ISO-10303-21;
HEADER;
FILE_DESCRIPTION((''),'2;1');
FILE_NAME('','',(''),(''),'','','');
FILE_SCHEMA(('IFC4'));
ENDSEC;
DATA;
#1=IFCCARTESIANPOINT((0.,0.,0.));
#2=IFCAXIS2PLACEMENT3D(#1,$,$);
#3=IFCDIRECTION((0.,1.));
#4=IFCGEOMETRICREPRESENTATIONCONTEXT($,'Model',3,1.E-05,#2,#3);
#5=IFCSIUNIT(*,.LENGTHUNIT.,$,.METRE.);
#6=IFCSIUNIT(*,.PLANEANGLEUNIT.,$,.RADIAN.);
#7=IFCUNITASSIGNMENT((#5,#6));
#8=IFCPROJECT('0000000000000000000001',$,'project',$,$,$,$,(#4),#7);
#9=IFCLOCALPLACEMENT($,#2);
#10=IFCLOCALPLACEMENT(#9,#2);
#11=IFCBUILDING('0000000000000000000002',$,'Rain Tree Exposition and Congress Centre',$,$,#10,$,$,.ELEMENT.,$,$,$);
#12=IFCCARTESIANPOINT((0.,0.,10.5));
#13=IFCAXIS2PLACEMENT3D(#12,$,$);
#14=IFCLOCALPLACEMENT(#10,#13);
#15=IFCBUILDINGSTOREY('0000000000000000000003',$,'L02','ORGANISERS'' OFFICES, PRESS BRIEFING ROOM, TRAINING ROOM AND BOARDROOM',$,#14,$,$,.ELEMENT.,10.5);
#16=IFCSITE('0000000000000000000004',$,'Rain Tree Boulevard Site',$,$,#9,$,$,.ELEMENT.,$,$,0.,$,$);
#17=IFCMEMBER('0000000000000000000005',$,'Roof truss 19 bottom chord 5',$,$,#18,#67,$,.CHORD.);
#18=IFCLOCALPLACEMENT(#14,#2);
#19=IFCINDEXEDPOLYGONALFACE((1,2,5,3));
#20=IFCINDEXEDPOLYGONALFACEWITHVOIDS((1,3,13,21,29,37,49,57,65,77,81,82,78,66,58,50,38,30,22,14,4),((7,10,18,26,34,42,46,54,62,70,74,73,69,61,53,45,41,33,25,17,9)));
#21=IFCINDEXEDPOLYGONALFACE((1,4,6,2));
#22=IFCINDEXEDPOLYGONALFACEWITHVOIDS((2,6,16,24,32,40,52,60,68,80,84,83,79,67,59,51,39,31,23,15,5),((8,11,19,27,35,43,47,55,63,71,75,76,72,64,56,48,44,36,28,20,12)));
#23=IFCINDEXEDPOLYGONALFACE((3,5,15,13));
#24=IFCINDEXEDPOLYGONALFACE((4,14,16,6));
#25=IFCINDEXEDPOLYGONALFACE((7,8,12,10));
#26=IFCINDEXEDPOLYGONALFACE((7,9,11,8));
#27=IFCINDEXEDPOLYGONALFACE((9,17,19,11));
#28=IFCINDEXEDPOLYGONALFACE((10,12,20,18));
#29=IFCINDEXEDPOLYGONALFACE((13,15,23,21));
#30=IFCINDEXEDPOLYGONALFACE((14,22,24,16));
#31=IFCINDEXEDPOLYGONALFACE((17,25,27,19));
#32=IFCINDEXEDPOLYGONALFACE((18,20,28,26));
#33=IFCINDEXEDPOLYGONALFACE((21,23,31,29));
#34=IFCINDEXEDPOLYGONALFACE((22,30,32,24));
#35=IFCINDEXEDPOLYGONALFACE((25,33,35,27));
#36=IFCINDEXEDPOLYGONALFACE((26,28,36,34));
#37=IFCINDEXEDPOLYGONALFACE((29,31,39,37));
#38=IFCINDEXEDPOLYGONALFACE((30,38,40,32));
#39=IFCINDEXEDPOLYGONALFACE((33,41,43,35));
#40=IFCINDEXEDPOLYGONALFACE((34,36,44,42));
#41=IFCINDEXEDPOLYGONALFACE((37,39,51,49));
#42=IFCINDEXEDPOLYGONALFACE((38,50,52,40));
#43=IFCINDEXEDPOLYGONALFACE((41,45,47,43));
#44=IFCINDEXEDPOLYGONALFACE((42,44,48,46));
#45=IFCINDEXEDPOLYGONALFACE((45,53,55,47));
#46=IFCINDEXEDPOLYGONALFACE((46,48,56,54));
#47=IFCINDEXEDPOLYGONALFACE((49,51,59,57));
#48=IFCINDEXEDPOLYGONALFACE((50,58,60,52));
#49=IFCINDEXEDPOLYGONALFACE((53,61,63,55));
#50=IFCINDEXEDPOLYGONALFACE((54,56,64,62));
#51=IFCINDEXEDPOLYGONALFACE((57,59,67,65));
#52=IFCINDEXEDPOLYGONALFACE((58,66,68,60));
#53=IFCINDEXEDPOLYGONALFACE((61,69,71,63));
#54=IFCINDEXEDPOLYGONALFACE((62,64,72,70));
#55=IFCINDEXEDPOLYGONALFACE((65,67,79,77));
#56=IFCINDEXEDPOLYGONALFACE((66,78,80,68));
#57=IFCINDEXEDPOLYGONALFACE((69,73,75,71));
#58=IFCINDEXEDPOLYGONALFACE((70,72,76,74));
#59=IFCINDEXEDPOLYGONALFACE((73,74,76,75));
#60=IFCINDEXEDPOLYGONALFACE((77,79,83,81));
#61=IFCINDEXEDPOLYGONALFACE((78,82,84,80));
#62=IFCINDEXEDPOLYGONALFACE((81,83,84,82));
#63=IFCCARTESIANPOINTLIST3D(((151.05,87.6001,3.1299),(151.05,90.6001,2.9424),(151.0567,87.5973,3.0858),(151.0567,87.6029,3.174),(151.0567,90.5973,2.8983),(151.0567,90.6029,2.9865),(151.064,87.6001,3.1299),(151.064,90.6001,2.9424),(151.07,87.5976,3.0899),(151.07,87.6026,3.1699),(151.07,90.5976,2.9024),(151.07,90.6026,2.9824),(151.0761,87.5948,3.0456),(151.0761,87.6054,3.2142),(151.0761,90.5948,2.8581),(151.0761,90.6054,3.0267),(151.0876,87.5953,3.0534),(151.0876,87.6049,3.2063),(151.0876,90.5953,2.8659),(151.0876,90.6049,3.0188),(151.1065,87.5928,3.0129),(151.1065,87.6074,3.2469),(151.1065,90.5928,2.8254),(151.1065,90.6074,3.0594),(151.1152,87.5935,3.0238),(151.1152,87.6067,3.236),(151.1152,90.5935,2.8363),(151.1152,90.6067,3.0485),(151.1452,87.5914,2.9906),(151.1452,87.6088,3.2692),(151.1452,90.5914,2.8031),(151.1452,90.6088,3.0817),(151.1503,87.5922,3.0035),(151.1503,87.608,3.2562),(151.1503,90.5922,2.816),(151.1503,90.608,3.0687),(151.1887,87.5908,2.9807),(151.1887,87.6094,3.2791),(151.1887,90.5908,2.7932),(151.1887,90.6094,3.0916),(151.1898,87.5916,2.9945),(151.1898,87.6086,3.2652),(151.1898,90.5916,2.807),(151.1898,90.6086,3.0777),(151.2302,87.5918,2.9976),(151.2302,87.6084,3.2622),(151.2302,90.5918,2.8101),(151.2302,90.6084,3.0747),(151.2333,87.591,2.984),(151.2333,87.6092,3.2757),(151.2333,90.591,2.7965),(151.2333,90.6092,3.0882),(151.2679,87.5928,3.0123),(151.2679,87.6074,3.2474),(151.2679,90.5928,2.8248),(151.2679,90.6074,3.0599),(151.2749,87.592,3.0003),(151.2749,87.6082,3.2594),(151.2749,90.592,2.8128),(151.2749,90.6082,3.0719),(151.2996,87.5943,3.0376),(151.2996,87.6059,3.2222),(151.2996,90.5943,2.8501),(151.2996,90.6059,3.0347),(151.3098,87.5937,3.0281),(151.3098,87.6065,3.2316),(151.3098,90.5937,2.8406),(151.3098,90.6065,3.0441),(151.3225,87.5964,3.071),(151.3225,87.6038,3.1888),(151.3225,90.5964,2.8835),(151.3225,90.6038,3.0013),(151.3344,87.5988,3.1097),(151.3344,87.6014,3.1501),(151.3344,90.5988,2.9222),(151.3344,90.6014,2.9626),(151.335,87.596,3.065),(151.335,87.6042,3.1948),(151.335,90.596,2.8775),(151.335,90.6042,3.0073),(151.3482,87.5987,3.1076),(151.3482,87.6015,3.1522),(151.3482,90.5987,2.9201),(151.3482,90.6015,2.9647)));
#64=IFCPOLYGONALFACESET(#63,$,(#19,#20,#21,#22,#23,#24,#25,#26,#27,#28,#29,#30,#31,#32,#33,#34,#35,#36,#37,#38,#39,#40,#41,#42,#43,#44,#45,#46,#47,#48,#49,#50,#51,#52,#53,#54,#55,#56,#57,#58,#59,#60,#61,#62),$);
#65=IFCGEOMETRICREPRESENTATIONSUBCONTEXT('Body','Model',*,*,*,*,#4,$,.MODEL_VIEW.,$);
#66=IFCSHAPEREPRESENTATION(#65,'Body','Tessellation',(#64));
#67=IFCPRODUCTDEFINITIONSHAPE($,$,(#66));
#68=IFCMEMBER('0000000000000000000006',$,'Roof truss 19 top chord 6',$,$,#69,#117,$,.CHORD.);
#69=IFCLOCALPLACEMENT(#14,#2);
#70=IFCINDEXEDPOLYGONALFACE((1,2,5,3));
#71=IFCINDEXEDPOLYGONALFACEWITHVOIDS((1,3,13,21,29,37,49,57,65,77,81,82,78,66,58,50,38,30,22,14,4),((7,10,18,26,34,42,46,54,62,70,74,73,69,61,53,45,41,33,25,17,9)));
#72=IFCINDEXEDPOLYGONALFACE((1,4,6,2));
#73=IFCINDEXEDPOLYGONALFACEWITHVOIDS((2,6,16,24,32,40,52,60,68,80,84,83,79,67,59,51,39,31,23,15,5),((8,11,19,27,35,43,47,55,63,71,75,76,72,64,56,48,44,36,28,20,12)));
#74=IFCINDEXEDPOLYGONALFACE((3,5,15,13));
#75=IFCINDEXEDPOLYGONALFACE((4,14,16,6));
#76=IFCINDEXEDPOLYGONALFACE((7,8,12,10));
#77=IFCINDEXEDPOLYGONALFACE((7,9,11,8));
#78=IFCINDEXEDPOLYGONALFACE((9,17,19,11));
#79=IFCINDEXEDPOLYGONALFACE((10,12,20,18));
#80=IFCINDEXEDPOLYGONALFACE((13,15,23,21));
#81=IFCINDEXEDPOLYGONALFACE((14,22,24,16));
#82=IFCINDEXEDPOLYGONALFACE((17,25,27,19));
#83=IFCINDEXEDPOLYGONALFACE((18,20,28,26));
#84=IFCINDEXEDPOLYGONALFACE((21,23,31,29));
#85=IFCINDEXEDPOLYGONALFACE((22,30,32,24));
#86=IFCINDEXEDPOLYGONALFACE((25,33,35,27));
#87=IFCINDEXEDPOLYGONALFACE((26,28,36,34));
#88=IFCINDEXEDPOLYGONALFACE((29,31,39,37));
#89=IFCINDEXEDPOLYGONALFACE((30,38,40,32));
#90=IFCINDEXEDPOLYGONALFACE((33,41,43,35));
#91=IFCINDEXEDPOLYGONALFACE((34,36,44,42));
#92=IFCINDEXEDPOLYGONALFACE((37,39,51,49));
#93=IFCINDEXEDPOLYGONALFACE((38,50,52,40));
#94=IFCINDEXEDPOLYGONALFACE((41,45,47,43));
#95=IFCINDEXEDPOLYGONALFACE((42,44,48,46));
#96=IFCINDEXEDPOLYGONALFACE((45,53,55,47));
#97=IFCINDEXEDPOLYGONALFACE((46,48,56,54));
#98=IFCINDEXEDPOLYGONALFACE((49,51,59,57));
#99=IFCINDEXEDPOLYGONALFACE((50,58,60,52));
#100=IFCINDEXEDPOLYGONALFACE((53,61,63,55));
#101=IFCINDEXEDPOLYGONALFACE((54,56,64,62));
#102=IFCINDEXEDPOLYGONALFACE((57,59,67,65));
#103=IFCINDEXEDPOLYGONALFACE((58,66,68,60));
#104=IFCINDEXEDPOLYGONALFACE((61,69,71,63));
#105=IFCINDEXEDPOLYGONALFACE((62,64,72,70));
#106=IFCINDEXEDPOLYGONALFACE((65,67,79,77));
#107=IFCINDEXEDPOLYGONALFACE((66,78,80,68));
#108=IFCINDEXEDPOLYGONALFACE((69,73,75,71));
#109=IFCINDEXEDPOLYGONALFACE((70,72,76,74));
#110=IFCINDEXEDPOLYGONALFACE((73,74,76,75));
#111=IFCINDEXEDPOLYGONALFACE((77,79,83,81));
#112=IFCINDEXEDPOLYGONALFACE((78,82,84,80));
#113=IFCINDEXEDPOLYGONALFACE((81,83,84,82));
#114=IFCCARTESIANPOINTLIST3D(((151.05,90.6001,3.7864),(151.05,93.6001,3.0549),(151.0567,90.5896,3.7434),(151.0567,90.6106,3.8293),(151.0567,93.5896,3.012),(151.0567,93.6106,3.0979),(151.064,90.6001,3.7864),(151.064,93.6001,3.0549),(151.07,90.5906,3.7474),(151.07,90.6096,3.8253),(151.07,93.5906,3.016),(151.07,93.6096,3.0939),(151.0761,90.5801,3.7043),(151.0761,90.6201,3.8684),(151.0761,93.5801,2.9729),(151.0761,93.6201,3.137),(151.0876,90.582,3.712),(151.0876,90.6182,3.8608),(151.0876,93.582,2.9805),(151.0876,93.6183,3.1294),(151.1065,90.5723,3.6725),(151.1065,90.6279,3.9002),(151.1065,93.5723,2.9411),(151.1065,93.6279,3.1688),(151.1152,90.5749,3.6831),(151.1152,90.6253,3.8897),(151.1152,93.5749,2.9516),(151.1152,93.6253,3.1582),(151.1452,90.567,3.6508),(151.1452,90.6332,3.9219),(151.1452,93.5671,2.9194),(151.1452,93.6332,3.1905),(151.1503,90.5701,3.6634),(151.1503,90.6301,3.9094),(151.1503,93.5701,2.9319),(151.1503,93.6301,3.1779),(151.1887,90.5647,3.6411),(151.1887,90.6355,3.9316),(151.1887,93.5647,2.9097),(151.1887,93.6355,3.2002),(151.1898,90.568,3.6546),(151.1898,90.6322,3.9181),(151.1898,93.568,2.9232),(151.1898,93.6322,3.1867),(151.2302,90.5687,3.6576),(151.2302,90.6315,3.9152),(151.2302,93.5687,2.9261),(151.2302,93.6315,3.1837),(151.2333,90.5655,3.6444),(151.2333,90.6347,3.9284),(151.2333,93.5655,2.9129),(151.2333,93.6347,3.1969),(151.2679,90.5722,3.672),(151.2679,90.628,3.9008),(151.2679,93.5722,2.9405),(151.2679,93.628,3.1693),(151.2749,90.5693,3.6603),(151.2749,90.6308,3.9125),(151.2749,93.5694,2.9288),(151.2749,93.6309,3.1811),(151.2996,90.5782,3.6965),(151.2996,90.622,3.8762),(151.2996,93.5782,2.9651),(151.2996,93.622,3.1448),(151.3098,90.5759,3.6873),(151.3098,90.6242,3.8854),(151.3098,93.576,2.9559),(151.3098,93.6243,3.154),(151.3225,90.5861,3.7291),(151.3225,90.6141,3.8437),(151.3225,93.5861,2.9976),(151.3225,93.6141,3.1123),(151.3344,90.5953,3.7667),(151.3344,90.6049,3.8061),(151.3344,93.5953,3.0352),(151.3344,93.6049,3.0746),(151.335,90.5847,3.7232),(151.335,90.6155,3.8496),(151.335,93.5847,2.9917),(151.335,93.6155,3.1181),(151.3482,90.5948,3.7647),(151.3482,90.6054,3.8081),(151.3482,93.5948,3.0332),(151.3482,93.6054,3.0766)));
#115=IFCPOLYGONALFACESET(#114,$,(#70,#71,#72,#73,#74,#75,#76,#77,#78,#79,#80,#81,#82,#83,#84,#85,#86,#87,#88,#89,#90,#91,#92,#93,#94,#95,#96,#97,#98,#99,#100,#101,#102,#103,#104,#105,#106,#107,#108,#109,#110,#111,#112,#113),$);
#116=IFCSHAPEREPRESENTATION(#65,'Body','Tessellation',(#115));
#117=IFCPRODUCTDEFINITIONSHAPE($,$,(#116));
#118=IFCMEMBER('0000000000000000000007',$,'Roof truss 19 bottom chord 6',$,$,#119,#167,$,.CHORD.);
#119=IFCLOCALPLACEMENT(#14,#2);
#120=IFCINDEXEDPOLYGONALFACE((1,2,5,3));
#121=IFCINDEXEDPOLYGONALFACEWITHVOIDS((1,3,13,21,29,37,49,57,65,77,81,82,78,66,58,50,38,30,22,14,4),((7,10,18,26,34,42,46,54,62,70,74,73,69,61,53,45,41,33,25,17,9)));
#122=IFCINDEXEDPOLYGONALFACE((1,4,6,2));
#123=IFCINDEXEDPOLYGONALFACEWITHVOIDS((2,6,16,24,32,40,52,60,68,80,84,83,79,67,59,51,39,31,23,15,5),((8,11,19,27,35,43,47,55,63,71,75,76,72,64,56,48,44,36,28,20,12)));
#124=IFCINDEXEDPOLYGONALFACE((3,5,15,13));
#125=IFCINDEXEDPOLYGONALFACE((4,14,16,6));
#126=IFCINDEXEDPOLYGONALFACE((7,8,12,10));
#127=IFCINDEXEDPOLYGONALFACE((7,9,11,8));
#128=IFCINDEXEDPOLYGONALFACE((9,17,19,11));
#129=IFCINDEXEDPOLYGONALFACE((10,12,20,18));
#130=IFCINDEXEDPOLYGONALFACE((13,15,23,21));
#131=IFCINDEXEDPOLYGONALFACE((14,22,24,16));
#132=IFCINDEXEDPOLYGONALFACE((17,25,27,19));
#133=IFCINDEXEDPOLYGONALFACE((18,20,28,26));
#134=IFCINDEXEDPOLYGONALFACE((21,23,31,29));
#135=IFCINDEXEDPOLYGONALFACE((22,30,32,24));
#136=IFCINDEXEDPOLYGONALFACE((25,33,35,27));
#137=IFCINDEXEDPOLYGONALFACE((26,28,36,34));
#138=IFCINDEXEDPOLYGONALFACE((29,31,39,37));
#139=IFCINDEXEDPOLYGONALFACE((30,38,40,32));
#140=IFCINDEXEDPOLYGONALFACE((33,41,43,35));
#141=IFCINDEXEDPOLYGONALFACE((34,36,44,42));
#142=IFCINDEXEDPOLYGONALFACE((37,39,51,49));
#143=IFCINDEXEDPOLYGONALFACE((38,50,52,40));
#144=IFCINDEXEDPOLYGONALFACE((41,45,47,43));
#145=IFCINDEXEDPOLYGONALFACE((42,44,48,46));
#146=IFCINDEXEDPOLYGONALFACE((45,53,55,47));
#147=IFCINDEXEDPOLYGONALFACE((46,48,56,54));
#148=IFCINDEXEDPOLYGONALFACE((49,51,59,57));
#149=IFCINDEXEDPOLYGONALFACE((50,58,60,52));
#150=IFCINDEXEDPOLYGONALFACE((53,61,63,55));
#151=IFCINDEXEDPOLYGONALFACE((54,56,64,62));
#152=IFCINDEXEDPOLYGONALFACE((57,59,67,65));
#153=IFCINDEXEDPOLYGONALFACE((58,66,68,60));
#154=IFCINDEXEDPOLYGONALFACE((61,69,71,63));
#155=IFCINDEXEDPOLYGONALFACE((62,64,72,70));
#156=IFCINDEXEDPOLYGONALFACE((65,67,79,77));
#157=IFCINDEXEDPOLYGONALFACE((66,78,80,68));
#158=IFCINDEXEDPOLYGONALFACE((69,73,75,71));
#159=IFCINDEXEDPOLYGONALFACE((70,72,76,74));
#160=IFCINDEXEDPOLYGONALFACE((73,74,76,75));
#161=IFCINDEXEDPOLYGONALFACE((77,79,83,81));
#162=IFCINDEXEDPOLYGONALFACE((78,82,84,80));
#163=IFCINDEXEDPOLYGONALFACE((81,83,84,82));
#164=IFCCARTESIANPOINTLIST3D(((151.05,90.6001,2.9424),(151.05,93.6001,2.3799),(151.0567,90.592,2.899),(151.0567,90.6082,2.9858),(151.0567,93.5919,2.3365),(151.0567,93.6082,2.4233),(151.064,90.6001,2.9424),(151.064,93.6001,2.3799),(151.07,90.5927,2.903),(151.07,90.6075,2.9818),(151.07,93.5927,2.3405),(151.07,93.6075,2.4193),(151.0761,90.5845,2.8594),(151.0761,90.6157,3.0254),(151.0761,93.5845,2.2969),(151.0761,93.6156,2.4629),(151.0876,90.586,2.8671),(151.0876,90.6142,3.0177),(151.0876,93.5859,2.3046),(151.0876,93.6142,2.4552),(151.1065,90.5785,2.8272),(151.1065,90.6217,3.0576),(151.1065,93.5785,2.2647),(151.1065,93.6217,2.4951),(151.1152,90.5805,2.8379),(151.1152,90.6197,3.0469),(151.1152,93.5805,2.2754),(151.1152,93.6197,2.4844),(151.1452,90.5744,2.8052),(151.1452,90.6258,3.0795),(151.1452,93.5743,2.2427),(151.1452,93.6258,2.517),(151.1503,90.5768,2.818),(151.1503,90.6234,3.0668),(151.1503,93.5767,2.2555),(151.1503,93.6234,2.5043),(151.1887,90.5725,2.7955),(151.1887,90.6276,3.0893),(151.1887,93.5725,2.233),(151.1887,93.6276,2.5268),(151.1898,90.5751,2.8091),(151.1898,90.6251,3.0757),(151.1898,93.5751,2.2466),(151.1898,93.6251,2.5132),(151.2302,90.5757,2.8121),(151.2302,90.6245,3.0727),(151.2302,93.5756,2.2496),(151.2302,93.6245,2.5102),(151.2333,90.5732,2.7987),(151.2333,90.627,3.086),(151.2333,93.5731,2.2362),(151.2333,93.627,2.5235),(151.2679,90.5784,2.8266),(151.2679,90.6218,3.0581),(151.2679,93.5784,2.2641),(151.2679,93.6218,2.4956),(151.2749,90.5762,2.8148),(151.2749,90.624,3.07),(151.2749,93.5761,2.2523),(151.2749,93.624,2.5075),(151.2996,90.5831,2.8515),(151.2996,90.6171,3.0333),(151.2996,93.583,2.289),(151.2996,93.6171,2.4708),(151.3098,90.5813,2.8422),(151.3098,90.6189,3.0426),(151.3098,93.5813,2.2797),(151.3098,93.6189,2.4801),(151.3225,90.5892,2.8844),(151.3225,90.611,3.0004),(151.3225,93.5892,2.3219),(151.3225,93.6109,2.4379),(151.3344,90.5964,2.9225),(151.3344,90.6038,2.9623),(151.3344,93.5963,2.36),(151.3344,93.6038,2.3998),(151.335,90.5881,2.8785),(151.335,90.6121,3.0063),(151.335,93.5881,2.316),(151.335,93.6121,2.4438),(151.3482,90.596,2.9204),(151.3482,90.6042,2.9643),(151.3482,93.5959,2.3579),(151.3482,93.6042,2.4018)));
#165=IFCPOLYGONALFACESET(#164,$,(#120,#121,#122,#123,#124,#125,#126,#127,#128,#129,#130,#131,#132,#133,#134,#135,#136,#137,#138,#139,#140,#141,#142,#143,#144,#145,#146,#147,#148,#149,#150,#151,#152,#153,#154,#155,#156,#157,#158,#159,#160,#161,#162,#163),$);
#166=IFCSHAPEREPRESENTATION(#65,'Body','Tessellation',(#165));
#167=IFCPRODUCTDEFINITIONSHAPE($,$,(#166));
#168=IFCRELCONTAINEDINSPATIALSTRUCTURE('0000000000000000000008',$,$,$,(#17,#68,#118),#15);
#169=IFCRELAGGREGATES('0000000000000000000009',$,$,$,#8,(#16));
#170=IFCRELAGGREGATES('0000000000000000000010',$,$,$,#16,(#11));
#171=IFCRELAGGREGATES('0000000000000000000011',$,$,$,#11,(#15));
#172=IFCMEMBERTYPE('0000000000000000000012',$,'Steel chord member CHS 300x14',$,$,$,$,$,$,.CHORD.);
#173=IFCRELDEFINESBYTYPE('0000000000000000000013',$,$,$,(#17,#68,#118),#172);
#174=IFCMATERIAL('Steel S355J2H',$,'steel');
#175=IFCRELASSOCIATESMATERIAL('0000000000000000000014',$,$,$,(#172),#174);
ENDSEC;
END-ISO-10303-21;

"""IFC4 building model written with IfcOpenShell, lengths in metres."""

from ifc_helpers import new_model, si_unit, direction, frame, origin, origin_2d, place, context, subcontext, project, spatial, hollow_circle, extrude, material, material_profile, profile_set, type_object, element, save


model = new_model("IFC4")

# Units and contexts
model_context = context("Model", 3, precision=1e-05, world=origin(), true_north=direction((0.0, 1.0)))
body_context = subcontext(model_context, "Body", "Model", "MODEL_VIEW")
ifc_project = project(units=[si_unit("LENGTHUNIT", "METRE"), si_unit("PLANEANGLEUNIT", "RADIAN")], contexts=[model_context])

# Site, building, storey
site_placement = place(None, origin())
site = spatial("IfcSite", under=ifc_project, at=site_placement, Name="Rain Tree Boulevard Site", CompositionType="ELEMENT", RefElevation=0.0)
building_placement = place(site_placement, origin())
building = spatial("IfcBuilding", under=site, at=building_placement, Name="Rain Tree Exposition and Congress Centre", CompositionType="ELEMENT")
storey_placement = place(building_placement, frame((0.0, 0.0, 10.5)))
storey = spatial("IfcBuildingStorey", under=building, at=storey_placement, Name="L02", Description="ORGANISERS' OFFICES, PRESS BRIEFING ROOM, TRAINING ROOM AND BOARDROOM", CompositionType="ELEMENT", Elevation=10.5)

# Members
ifc_material_1 = material(Name="Steel S355J2H", Category="steel")
ifc_material_profile_1 = material_profile(ifc_material_1, hollow_circle(Radius=0.1499, WallThickness=0.0139, at=origin_2d()), Name="CHS 300x14")
ifc_profile_set_1 = profile_set([ifc_material_profile_1], Name="Steel S355J2H")
member_type_1 = type_object("IfcMemberType", Name="Steel chord member CHS 300x14", PredefinedType="CHORD", material=ifc_profile_set_1)
member_1_placement = place(storey_placement, frame((151.2, 87.6001, 3.1299), z_axis=(0.0, 0.998053, -0.062378), x_axis=(-1.0, 0.0, 0.0)))
element("IfcMember", 1, at=member_1_placement, inside=storey, type_object=member_type_1, Name="Roof truss 19 bottom chord 5", PredefinedType="CHORD", context=body_context, shape_type="SweptSolid", body=[
    extrude(hollow_circle(Radius=0.1499, WallThickness=0.0139, at=origin_2d()), origin(), (0.0, 0.0, 1.0), 3.0059),
])
member_2_placement = place(storey_placement, frame((151.2, 90.6001, 3.7864), z_axis=(0.0, 0.97154, -0.236876), x_axis=(-1.0, 0.0, 0.0)))
element("IfcMember", 2, at=member_2_placement, inside=storey, type_object=member_type_1, Name="Roof truss 19 top chord 6", PredefinedType="CHORD", context=body_context, shape_type="SweptSolid", body=[
    extrude(hollow_circle(Radius=0.1499, WallThickness=0.0139, at=origin_2d()), origin(), (0.0, 0.0, 1.0), 3.0879),
])
member_3_placement = place(storey_placement, frame((151.2, 90.6001, 2.9424), z_axis=(0.0, 0.982872, -0.184289), x_axis=(-1.0, 0.0, 0.0)))
element("IfcMember", 3, at=member_3_placement, inside=storey, type_object=member_type_1, Name="Roof truss 19 bottom chord 6", PredefinedType="CHORD", context=body_context, shape_type="SweptSolid", body=[
    extrude(hollow_circle(Radius=0.1499, WallThickness=0.0139, at=origin_2d()), origin(), (0.0, 0.0, 1.0), 3.0522),
])

save(model, "model.ifc")
